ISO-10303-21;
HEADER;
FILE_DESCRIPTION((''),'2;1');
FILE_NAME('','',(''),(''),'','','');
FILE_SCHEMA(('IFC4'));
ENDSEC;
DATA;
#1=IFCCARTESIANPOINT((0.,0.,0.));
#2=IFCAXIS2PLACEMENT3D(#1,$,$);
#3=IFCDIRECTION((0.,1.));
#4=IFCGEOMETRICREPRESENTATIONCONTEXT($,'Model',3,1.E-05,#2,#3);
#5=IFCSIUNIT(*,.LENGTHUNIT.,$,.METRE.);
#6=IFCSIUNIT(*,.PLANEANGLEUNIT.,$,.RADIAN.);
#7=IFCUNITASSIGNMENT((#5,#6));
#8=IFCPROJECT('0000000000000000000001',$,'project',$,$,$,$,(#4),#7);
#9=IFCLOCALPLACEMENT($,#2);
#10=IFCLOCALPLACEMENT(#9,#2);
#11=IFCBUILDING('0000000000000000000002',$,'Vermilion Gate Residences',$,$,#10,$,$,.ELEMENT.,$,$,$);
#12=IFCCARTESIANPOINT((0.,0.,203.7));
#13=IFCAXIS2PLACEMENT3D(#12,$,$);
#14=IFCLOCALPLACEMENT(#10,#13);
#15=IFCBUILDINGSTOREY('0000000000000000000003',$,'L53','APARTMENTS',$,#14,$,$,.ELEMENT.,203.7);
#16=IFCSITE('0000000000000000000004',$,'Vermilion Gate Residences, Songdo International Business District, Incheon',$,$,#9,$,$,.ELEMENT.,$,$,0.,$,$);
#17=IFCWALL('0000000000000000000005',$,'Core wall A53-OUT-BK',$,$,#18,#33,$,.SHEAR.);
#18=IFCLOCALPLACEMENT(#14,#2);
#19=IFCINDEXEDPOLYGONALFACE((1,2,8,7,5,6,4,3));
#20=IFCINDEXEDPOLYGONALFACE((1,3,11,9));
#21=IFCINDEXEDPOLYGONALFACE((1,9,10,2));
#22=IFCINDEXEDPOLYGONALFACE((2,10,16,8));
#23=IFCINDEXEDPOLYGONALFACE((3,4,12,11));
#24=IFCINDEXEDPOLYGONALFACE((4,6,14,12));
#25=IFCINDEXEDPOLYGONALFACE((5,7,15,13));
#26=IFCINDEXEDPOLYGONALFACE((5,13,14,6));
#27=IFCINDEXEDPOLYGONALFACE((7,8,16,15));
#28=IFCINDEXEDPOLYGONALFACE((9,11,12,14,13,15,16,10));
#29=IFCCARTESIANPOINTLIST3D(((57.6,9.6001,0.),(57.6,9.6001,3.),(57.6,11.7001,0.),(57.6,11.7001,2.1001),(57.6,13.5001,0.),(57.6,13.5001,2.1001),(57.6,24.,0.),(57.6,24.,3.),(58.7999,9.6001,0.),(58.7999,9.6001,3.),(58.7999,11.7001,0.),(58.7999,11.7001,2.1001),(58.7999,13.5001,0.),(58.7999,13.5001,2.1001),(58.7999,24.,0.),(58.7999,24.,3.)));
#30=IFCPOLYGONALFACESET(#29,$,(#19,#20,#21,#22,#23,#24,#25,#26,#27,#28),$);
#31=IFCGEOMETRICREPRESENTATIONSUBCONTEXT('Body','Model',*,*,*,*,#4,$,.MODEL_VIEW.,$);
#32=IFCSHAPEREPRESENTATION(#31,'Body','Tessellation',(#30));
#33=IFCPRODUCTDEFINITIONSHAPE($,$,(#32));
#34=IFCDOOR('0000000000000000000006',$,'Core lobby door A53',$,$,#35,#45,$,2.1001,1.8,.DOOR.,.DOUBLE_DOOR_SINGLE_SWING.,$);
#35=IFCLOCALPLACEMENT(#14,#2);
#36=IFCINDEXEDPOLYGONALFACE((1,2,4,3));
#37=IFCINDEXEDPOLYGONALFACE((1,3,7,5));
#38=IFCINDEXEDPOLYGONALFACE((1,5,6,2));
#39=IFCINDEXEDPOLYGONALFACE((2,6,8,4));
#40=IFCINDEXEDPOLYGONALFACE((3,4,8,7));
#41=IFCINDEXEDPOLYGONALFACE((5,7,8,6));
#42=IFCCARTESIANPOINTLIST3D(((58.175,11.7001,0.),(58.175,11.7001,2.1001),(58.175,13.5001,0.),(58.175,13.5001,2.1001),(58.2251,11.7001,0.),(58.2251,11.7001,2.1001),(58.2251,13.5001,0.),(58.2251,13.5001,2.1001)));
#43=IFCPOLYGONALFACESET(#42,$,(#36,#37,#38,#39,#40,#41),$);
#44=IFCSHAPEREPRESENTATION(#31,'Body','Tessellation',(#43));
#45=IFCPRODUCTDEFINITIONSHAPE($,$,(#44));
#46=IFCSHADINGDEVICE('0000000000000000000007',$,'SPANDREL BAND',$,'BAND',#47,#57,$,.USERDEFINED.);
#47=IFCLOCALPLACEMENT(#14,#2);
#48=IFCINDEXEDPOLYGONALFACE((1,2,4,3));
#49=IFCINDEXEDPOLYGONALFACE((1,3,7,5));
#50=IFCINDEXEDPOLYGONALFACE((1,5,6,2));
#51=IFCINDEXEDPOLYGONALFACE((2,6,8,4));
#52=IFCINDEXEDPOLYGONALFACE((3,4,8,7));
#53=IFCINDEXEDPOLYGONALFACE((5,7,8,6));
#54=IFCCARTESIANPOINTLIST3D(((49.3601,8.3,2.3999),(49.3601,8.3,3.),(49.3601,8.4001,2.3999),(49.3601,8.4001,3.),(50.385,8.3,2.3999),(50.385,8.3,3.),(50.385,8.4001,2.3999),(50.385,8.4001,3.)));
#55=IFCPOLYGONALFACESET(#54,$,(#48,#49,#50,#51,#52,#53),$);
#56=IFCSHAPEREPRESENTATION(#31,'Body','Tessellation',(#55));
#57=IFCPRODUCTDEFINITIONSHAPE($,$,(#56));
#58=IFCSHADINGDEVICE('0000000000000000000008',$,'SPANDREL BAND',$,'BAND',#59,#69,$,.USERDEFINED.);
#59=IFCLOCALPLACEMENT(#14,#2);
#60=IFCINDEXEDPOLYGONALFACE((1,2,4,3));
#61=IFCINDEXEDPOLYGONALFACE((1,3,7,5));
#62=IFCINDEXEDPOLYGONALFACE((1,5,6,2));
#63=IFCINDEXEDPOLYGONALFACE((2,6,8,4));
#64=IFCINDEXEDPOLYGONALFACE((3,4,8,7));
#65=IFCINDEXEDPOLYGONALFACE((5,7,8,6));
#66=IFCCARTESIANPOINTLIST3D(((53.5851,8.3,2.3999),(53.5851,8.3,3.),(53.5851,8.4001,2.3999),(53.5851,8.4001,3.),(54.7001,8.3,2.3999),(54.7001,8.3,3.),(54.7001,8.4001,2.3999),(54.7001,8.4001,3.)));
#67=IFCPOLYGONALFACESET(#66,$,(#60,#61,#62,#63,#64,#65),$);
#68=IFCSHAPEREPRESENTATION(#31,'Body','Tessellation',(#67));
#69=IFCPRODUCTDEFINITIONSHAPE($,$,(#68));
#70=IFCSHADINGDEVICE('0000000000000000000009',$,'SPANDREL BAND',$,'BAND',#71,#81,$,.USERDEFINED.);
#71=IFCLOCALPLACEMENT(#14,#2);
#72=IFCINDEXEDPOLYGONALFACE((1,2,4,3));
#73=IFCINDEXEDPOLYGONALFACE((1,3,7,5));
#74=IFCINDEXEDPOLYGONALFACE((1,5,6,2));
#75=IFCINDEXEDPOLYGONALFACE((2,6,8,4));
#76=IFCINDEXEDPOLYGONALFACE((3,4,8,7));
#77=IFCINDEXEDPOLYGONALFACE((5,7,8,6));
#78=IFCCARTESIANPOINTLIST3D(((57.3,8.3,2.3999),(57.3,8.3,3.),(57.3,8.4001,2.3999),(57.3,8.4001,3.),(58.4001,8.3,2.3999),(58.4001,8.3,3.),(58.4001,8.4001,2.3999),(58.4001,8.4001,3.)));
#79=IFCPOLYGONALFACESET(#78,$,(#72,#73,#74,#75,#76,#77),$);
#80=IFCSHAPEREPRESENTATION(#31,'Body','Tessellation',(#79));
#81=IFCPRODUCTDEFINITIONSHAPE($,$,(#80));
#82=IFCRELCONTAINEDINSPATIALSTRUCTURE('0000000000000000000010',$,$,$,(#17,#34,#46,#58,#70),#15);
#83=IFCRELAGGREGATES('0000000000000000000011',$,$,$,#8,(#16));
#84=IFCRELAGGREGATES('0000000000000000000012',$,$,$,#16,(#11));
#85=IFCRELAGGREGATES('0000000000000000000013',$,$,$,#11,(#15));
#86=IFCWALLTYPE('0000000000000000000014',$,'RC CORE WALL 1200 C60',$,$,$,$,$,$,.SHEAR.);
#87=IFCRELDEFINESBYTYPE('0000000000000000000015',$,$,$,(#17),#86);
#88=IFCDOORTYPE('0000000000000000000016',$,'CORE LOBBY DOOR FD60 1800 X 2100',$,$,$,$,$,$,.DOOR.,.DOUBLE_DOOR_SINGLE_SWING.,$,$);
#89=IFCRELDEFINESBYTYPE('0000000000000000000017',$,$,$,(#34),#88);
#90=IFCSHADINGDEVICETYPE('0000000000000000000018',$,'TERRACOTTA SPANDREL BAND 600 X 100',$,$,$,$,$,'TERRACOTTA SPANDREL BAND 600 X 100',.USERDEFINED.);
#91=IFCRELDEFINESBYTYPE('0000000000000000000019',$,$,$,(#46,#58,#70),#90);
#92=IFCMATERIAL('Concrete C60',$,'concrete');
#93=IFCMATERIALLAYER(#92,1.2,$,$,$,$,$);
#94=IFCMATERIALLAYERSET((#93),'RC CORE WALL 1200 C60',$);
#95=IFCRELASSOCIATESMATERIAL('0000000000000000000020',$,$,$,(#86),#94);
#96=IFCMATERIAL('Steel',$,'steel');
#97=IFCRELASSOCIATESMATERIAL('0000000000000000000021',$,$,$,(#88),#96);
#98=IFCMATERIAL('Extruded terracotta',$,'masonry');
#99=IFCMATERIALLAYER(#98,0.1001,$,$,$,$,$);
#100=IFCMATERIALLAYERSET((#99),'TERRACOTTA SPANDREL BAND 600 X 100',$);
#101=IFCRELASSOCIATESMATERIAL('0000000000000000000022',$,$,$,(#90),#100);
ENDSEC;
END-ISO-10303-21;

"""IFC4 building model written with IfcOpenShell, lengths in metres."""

from ifc_helpers import new_model, si_unit, direction, frame, frame_2d, origin, origin_2d, place, context, subcontext, project, spatial, rectangle, extrude, material, layer, layer_set, type_object, element, fill, save


model = new_model("IFC4")

# Units and contexts
model_context = context("Model", 3, precision=1e-05, world=origin(), true_north=direction((0.0, 1.0)))
body_context = subcontext(model_context, "Body", "Model", "MODEL_VIEW")
ifc_project = project(units=[si_unit("LENGTHUNIT", "METRE"), si_unit("PLANEANGLEUNIT", "RADIAN")], contexts=[model_context])

# Site, building, storey
site_placement = place(None, origin())
site = spatial("IfcSite", under=ifc_project, at=site_placement, Name="Vermilion Gate Residences, Songdo International Business District, Incheon", CompositionType="ELEMENT", RefElevation=0.0)
building_placement = place(site_placement, origin())
building = spatial("IfcBuilding", under=site, at=building_placement, Name="Vermilion Gate Residences", CompositionType="ELEMENT")
storey_placement = place(building_placement, frame((0.0, 0.0, 203.7)))
storey = spatial("IfcBuildingStorey", under=building, at=storey_placement, Name="L53", Description="APARTMENTS", CompositionType="ELEMENT", Elevation=203.7)

# Wall, opening, door
ifc_material_1 = material(Name="Concrete C60", Category="concrete")
ifc_layer_1 = layer(ifc_material_1, 1.2)
ifc_layer_set_1 = layer_set([ifc_layer_1], Name="RC CORE WALL 1200 C60")
wall_type_1 = type_object("IfcWallType", Name="RC CORE WALL 1200 C60", PredefinedType="SHEAR", material=ifc_layer_set_1)
wall_1_placement = place(storey_placement, frame((58.2, 9.6001, 0.0), z_axis=(0.0, 0.0, 1.0), x_axis=(0.0, 1.0, 0.0)))
wall_1 = element("IfcWall", 1, at=wall_1_placement, inside=storey, type_object=wall_type_1, Name="Core wall A53-OUT-BK", PredefinedType="SHEAR", context=body_context, shape_type="SweptSolid", body=[
    extrude(rectangle(XDim=14.3999, YDim=1.2, at=frame_2d((7.2, 0.0))), origin(), (0.0, 0.0, 1.0), 3.0),
])
opening_1_placement = place(wall_1_placement, frame((2.1001, 0.0, 0.0)))
opening_1 = element("IfcOpeningElement", 2, at=opening_1_placement, cuts=wall_1, PredefinedType="OPENING", context=body_context, shape_type="SweptSolid", body=[
    extrude(rectangle(XDim=1.8, YDim=2.1001, at=frame_2d((0.8999, 1.05))), frame((0.0, 0.6099, 0.0), z_axis=(0.0, -1.0, 0.0), x_axis=(1.0, 0.0, 0.0)), (0.0, 0.0, 1.0), 1.22),
])
ifc_material_2 = material(Name="Steel", Category="steel")
door_type_1 = type_object("IfcDoorType", Name="CORE LOBBY DOOR FD60 1800 X 2100", OperationType="DOUBLE_DOOR_SINGLE_SWING", PredefinedType="DOOR", material=ifc_material_2)
door_1_placement = place(opening_1_placement, origin())
door_1 = element("IfcDoor", 3, at=door_1_placement, inside=storey, type_object=door_type_1, Name="Core lobby door A53", OperationType="DOUBLE_DOOR_SINGLE_SWING", OverallHeight=2.1001, OverallWidth=1.8, PredefinedType="DOOR", context=body_context, shape_type="SweptSolid", body=[
    extrude(rectangle(XDim=1.8, YDim=2.1001, at=frame_2d((0.8999, 1.05))), frame((0.0, 0.0249, 0.0), z_axis=(0.0, -1.0, 0.0), x_axis=(1.0, 0.0, 0.0)), (0.0, 0.0, 1.0), 0.05),
])
fill(opening_1, door_1)

# Shading devices
ifc_material_3 = material(Name="Extruded terracotta", Category="masonry")
ifc_layer_2 = layer(ifc_material_3, 0.1001)
ifc_layer_set_2 = layer_set([ifc_layer_2], Name="TERRACOTTA SPANDREL BAND 600 X 100")
shading_device_type = type_object("IfcShadingDeviceType", Name="TERRACOTTA SPANDREL BAND 600 X 100", ElementType="TERRACOTTA SPANDREL BAND 600 X 100", PredefinedType="USERDEFINED", material=ifc_layer_set_2)
shading_device_1_placement = place(storey_placement, frame((49.8726, 8.3501, 2.3999), z_axis=(0.0, 0.0, 1.0), x_axis=(1.0, 0.0, 0.0)))
element("IfcShadingDevice", 4, at=shading_device_1_placement, inside=storey, type_object=shading_device_type, Name="SPANDREL BAND", ObjectType="BAND", PredefinedType="USERDEFINED", context=body_context, shape_type="SweptSolid", body=[
    extrude(rectangle(XDim=1.0249, YDim=0.1001, at=origin_2d()), origin(), (0.0, 0.0, 1.0), 0.6001),
])
shading_device_2_placement = place(storey_placement, frame((54.1426, 8.3501, 2.3999), z_axis=(0.0, 0.0, 1.0), x_axis=(1.0, 0.0, 0.0)))
element("IfcShadingDevice", 5, at=shading_device_2_placement, inside=storey, type_object=shading_device_type, Name="SPANDREL BAND", ObjectType="BAND", PredefinedType="USERDEFINED", context=body_context, shape_type="SweptSolid", body=[
    extrude(rectangle(XDim=1.115, YDim=0.1001, at=origin_2d()), origin(), (0.0, 0.0, 1.0), 0.6001),
])
shading_device_3_placement = place(storey_placement, frame((57.8501, 8.3501, 2.3999), z_axis=(0.0, 0.0, 1.0), x_axis=(1.0, 0.0, 0.0)))
element("IfcShadingDevice", 6, at=shading_device_3_placement, inside=storey, type_object=shading_device_type, Name="SPANDREL BAND", ObjectType="BAND", PredefinedType="USERDEFINED", context=body_context, shape_type="SweptSolid", body=[
    extrude(rectangle(XDim=1.1001, YDim=0.1001, at=origin_2d()), origin(), (0.0, 0.0, 1.0), 0.6001),
])

save(model, "model.ifc")
